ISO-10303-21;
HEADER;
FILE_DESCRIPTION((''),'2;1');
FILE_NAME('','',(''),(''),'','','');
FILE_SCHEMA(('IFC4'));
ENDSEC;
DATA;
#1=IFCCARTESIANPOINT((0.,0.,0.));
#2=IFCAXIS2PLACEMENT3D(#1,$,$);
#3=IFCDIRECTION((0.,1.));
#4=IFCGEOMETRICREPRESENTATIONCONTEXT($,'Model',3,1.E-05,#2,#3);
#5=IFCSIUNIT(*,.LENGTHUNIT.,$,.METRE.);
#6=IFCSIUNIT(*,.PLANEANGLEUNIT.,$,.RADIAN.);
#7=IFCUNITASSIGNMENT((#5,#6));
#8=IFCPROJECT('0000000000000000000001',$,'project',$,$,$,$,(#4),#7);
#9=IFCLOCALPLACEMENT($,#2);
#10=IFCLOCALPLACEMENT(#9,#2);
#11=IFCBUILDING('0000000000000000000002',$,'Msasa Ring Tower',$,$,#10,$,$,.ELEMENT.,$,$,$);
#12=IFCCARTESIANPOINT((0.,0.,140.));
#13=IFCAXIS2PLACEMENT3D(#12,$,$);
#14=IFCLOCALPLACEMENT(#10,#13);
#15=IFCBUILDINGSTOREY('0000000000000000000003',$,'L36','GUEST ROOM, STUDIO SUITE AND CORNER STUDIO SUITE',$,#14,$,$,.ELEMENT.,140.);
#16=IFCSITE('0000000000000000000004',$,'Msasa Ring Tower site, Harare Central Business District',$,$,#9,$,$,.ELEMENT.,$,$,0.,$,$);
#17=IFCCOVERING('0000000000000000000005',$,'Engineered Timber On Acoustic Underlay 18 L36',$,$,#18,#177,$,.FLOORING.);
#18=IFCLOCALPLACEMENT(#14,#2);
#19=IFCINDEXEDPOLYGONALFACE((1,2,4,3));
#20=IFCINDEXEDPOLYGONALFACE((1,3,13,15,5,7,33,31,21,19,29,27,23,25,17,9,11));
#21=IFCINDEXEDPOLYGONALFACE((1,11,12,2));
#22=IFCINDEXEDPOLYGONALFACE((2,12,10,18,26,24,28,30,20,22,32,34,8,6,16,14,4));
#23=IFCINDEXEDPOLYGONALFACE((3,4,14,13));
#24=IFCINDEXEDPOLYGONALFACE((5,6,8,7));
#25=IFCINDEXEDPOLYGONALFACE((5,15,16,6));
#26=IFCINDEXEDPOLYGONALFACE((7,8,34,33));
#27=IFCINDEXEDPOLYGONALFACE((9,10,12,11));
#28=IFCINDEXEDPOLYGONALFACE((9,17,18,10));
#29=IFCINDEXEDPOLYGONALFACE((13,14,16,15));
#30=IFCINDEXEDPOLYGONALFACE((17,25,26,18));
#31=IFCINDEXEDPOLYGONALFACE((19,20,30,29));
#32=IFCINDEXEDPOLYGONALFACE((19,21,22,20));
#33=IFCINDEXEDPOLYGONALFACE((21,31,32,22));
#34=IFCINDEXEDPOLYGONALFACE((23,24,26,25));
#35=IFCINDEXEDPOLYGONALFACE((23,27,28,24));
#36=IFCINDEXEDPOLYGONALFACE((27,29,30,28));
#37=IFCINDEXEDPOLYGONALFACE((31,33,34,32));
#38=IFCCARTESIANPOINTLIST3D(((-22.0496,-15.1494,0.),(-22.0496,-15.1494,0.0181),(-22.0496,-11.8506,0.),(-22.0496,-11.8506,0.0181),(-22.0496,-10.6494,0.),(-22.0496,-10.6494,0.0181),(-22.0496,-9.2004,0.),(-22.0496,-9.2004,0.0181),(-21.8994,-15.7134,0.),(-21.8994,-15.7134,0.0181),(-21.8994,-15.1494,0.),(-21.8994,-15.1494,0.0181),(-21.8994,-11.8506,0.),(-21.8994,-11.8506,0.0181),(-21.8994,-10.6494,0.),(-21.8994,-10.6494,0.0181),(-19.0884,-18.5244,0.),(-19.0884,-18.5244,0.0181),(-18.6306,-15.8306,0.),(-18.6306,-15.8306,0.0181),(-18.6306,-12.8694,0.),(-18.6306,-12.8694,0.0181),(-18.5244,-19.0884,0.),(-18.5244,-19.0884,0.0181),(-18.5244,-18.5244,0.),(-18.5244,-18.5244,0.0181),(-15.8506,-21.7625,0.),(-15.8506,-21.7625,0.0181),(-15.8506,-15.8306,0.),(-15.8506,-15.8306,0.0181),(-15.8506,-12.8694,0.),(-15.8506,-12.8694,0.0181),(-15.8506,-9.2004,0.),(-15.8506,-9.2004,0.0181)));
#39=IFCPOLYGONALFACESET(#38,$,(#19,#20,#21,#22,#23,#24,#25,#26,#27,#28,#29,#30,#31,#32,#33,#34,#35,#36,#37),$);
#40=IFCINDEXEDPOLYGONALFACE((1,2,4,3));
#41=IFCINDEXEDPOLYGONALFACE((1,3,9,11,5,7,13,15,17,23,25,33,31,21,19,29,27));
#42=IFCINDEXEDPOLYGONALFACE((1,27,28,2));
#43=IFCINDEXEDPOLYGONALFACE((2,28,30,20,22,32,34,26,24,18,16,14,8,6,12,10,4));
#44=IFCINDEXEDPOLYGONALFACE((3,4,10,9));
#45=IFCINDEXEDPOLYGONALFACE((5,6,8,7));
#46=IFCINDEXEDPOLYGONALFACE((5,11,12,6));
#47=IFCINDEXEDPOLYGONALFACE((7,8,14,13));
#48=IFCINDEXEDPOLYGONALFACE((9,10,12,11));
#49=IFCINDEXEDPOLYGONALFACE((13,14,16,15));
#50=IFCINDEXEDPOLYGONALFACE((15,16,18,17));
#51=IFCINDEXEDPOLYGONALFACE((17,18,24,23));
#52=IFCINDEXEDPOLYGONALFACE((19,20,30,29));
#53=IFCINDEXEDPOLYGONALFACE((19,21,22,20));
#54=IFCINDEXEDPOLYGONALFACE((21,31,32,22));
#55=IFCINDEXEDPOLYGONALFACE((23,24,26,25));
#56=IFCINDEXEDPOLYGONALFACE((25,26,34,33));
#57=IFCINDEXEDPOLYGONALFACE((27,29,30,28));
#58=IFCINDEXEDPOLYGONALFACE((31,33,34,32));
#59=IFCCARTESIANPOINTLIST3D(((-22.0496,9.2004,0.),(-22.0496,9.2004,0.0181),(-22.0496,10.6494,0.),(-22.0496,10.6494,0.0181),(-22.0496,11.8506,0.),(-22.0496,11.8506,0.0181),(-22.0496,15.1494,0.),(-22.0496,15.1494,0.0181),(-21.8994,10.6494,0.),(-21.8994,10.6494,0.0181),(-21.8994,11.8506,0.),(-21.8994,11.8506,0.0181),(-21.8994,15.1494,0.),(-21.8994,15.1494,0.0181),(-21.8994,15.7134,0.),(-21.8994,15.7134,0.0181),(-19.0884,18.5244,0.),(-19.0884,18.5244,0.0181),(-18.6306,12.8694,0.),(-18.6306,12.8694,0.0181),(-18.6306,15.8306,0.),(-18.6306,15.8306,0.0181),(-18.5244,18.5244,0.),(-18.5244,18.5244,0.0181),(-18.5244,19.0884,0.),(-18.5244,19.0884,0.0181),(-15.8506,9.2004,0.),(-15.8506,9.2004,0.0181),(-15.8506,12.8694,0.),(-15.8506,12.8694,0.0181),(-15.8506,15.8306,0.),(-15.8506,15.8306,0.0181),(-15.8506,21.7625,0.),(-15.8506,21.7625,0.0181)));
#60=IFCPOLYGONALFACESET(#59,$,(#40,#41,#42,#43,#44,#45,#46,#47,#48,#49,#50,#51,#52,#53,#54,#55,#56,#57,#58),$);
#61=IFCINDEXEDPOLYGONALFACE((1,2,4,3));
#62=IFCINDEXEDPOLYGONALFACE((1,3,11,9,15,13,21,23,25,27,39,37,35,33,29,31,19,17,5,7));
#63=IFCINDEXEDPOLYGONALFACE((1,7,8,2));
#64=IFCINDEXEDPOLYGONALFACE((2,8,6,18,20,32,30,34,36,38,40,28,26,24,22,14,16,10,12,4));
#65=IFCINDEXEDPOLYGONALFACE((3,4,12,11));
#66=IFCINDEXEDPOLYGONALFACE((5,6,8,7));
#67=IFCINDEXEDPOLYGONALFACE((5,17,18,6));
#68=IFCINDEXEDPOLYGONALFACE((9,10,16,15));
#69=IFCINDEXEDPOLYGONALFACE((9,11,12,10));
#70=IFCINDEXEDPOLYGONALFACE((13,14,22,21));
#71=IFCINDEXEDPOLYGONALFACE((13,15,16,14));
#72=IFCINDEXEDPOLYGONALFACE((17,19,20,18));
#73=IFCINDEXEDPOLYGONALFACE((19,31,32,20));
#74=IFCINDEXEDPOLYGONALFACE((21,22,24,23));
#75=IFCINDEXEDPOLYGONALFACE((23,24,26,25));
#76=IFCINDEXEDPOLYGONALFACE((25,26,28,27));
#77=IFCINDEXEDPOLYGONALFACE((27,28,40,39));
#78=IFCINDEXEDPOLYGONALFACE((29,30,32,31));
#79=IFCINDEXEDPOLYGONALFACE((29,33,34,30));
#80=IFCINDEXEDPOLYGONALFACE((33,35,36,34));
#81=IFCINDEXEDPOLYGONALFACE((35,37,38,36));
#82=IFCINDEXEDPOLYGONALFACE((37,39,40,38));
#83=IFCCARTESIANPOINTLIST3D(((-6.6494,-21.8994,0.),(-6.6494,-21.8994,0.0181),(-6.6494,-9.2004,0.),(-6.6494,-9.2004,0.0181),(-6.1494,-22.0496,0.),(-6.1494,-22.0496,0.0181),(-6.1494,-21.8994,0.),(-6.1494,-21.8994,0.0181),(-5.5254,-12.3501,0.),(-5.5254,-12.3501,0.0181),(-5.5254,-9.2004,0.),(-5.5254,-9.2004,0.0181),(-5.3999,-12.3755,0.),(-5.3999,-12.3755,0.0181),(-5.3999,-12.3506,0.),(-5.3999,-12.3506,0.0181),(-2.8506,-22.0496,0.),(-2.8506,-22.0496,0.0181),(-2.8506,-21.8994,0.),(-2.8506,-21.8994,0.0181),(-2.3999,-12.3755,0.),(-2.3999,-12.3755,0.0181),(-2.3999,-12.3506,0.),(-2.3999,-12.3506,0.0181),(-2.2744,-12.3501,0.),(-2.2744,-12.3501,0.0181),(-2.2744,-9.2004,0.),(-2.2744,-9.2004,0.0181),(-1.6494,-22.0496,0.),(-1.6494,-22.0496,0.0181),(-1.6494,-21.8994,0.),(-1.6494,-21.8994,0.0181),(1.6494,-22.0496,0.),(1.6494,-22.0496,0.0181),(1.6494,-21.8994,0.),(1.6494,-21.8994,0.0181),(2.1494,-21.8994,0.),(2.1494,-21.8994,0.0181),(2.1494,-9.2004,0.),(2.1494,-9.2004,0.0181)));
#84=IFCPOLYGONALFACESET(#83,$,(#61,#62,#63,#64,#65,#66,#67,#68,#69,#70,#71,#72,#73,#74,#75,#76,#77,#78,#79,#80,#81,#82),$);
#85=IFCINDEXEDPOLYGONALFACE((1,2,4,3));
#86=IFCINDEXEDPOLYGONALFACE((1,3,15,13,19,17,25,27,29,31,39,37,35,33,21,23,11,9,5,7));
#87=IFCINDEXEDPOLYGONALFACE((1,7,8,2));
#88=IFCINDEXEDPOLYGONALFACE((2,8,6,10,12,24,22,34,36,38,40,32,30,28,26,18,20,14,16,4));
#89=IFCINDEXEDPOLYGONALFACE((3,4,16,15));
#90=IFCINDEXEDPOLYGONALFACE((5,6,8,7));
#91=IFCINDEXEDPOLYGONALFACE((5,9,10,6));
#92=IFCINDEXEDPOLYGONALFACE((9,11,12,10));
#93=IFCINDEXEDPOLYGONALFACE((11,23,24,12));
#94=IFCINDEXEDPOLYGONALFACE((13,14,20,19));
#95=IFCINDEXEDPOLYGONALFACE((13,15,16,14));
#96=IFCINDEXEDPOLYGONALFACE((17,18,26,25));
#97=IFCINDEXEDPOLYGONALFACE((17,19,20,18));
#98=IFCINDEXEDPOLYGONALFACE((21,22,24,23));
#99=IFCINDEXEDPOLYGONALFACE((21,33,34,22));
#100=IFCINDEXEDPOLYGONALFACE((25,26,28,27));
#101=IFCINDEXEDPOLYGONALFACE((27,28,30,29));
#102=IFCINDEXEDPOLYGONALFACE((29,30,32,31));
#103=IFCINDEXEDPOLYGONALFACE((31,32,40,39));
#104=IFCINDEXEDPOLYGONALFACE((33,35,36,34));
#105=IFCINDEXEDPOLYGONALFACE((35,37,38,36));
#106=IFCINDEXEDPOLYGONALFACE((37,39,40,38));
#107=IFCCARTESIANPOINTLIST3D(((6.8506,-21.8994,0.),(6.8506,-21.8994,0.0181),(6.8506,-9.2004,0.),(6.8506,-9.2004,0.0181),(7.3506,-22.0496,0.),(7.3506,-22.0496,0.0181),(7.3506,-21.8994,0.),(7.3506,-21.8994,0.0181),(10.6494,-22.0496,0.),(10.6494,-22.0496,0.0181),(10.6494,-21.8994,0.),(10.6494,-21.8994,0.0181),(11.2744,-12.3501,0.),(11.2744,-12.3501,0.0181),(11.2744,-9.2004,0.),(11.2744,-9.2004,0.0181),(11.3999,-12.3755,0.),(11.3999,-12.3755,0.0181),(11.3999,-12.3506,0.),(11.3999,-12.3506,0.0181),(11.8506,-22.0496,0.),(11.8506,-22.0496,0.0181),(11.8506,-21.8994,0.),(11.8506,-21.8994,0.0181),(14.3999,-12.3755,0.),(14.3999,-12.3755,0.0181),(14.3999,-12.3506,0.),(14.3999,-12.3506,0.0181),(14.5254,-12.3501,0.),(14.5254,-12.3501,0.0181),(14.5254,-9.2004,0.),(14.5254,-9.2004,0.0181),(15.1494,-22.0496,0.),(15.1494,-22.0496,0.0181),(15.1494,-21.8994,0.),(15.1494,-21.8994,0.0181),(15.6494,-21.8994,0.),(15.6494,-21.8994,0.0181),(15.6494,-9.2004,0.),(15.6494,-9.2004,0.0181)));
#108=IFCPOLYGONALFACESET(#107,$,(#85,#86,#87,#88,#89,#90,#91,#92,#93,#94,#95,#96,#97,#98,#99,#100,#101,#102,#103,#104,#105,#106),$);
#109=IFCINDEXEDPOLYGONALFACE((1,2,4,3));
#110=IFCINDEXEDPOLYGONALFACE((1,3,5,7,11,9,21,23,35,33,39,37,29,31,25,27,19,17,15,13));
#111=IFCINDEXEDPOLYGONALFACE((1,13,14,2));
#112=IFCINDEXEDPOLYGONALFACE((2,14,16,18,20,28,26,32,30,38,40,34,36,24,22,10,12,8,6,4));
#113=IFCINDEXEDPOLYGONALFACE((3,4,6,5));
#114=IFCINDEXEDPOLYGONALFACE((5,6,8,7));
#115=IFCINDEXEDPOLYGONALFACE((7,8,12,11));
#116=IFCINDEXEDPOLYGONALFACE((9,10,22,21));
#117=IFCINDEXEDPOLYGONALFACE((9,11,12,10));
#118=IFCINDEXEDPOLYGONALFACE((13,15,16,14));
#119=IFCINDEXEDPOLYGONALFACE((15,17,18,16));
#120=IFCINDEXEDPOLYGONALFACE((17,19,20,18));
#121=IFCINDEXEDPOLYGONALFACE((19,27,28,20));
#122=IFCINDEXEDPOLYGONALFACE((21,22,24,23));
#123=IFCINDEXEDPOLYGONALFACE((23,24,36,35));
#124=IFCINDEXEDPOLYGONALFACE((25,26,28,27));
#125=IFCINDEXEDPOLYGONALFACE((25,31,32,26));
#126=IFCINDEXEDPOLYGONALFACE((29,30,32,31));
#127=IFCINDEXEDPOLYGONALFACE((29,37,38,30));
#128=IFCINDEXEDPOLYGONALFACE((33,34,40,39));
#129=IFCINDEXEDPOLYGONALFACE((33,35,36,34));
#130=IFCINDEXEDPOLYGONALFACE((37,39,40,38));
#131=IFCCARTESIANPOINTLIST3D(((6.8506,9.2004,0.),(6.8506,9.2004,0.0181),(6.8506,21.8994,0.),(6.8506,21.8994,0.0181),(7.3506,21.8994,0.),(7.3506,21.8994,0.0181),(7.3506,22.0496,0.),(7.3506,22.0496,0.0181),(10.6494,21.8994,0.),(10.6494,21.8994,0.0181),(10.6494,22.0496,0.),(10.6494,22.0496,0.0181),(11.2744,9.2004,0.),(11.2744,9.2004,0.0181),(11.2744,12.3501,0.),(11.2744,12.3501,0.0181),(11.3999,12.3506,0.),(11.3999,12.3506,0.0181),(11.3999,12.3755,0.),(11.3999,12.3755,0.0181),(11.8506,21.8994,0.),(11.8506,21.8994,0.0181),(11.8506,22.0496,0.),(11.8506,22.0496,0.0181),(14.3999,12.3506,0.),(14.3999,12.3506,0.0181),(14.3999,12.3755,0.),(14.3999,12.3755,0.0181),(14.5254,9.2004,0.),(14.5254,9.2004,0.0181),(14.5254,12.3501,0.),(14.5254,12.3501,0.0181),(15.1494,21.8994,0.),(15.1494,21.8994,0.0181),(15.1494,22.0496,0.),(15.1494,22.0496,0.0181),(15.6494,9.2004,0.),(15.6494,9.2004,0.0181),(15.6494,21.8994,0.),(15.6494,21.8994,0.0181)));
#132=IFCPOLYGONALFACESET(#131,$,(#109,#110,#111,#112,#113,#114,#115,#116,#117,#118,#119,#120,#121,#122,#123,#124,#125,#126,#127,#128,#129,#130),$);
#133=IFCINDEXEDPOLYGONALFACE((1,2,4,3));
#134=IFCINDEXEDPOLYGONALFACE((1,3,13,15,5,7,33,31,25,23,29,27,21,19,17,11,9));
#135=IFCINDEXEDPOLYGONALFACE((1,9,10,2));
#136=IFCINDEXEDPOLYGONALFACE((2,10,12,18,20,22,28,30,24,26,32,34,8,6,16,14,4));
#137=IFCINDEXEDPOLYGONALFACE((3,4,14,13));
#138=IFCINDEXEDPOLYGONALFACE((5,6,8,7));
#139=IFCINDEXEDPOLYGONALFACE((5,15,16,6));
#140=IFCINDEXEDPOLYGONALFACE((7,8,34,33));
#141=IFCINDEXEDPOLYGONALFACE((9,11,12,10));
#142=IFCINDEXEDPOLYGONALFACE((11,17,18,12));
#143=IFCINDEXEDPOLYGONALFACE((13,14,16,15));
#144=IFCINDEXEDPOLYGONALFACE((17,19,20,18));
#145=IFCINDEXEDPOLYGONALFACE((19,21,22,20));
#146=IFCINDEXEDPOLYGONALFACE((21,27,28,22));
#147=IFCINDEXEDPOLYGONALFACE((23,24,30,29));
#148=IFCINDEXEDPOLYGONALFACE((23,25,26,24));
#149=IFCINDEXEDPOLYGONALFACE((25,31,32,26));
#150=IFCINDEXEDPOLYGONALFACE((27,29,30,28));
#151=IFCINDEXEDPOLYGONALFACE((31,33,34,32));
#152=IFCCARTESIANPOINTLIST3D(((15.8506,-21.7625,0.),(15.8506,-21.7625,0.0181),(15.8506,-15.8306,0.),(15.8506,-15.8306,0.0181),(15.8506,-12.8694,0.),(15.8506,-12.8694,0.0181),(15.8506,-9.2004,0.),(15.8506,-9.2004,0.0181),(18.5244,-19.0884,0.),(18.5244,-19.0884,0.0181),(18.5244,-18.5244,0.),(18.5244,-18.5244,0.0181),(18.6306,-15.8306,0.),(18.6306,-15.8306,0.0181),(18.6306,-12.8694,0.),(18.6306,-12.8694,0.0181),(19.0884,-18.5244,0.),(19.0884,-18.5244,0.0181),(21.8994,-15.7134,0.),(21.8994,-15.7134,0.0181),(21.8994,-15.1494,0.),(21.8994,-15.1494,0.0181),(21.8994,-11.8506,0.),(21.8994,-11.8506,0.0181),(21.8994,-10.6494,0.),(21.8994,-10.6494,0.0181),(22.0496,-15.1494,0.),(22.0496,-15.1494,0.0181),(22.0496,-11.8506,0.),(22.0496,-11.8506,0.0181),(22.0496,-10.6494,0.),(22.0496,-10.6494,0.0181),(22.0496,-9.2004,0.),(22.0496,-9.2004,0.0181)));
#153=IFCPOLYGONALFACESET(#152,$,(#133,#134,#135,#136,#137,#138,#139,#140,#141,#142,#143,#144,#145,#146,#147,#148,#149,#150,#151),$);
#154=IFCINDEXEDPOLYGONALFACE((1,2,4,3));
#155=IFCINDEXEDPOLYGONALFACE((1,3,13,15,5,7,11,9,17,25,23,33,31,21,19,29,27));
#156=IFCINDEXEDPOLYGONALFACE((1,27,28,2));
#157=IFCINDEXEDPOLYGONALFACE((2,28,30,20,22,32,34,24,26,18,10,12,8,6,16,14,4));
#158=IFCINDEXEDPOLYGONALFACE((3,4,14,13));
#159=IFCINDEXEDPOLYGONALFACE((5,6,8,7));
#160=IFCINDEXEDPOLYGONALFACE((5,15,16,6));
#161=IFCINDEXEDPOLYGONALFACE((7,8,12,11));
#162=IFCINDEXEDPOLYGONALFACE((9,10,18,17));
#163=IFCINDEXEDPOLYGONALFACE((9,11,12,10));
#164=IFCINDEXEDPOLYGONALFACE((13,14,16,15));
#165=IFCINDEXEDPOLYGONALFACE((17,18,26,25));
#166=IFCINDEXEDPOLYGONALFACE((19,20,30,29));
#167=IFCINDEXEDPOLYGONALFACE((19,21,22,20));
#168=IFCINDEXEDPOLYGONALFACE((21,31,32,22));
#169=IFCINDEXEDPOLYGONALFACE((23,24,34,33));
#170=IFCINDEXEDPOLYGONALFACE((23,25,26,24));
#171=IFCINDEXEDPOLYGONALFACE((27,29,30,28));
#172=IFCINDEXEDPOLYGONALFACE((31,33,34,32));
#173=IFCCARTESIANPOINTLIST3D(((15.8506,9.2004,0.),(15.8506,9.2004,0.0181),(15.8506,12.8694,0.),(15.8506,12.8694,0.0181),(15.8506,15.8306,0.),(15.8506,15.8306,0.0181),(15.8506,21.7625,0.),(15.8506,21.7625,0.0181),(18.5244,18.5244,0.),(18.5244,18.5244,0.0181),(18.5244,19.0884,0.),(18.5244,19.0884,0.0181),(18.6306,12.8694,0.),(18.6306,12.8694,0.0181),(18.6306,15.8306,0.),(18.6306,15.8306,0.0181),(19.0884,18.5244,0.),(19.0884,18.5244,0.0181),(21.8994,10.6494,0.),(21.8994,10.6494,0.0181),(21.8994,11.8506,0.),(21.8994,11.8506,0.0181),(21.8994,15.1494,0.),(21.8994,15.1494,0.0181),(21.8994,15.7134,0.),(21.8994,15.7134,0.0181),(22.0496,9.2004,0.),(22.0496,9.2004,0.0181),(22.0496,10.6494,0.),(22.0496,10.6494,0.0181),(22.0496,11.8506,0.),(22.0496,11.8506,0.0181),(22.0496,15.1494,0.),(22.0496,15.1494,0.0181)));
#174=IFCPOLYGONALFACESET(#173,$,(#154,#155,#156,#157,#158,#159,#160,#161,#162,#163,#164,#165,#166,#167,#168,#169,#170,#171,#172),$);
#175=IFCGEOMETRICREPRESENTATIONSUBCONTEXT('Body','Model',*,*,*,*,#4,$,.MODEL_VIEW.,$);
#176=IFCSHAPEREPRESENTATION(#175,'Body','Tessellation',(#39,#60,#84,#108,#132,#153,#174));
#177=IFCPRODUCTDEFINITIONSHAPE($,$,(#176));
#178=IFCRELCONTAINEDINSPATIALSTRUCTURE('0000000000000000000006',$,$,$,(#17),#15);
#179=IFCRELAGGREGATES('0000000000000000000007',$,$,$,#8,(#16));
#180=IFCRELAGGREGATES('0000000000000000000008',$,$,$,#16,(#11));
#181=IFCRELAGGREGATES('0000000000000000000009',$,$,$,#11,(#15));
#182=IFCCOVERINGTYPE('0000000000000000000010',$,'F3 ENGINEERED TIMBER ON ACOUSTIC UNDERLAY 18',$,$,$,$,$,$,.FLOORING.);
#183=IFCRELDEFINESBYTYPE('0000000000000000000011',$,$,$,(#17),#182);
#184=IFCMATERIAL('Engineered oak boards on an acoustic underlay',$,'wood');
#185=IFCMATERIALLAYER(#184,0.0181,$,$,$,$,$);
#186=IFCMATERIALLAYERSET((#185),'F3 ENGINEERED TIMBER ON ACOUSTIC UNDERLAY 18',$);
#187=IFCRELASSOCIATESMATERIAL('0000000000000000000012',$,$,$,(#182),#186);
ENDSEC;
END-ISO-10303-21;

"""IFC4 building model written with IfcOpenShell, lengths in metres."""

from ifc_helpers import new_model, si_unit, direction, frame, origin, place, context, subcontext, project, spatial, line, indexed_curve, outline, extrude, material, layer, layer_set, type_object, element, save


model = new_model("IFC4")

# Units and contexts
model_context = context("Model", 3, precision=1e-05, world=origin(), true_north=direction((0.0, 1.0)))
body_context = subcontext(model_context, "Body", "Model", "MODEL_VIEW")
ifc_project = project(units=[si_unit("LENGTHUNIT", "METRE"), si_unit("PLANEANGLEUNIT", "RADIAN")], contexts=[model_context])

# Site, building, storey
site_placement = place(None, origin())
site = spatial("IfcSite", under=ifc_project, at=site_placement, Name="Msasa Ring Tower site, Harare Central Business District", CompositionType="ELEMENT", RefElevation=0.0)
building_placement = place(site_placement, origin())
building = spatial("IfcBuilding", under=site, at=building_placement, Name="Msasa Ring Tower", CompositionType="ELEMENT")
storey_placement = place(building_placement, frame((0.0, 0.0, 140.0)))
storey = spatial("IfcBuildingStorey", under=building, at=storey_placement, Name="L36", Description="GUEST ROOM, STUDIO SUITE AND CORNER STUDIO SUITE", CompositionType="ELEMENT", Elevation=140.0)

# Covering
ifc_material_1 = material(Name="Engineered oak boards on an acoustic underlay", Category="wood")
ifc_layer_1 = layer(ifc_material_1, 0.0181)
ifc_layer_set_1 = layer_set([ifc_layer_1], Name="F3 ENGINEERED TIMBER ON ACOUSTIC UNDERLAY 18")
covering_type_1 = type_object("IfcCoveringType", Name="F3 ENGINEERED TIMBER ON ACOUSTIC UNDERLAY 18", PredefinedType="FLOORING", material=ifc_layer_set_1)
covering_1_placement = place(storey_placement, origin())
element("IfcCovering", 1, at=covering_1_placement, inside=storey, type_object=covering_type_1, Name="Engineered Timber On Acoustic Underlay 18 L36", PredefinedType="FLOORING", context=body_context, shape_type="SweptSolid", body=[
    extrude(outline(indexed_curve([(-15.8506, -21.7625), (-18.5244, -19.0884), (-18.5244, -18.5244), (-19.0884, -18.5244), (-21.8994, -15.7134), (-21.8994, -15.1494), (-22.0496, -15.1494), (-22.0496, -11.8506), (-21.8994, -11.8506), (-21.8994, -10.6494), (-22.0496, -10.6494), (-22.0496, -9.2004), (-15.8506, -9.2004), (-15.8506, -12.8694), (-18.6306, -12.8694), (-18.6306, -15.8306), (-15.8506, -15.8306)], segments=[line(1, 2, 3, 4, 5, 6, 7, 8, 9, 10, 11, 12, 13, 14, 15, 16, 17, 1)], self_intersect=False)), origin(), (0.0, 0.0, 1.0), 0.0181),
    extrude(outline(indexed_curve([(-18.6306, 12.8694), (-15.8506, 12.8694), (-15.8506, 9.2004), (-22.0496, 9.2004), (-22.0496, 10.6494), (-21.8994, 10.6494), (-21.8994, 11.8506), (-22.0496, 11.8506), (-22.0496, 15.1494), (-21.8994, 15.1494), (-21.8994, 15.7134), (-19.0884, 18.5244), (-18.5244, 18.5244), (-18.5244, 19.0884), (-15.8506, 21.7625), (-15.8506, 15.8306), (-18.6306, 15.8306)], segments=[line(1, 2, 3, 4, 5, 6, 7, 8, 9, 10, 11, 12, 13, 14, 15, 16, 17, 1)], self_intersect=False)), origin(), (0.0, 0.0, 1.0), 0.0181),
    extrude(outline(indexed_curve([(-5.5254, -12.3501), (-5.3999, -12.3506), (-5.3999, -12.3755), (-2.3999, -12.3755), (-2.3999, -12.3506), (-2.2744, -12.3501), (-2.2744, -9.2004), (2.1494, -9.2004), (2.1494, -21.8994), (1.6494, -21.8994), (1.6494, -22.0496), (-1.6494, -22.0496), (-1.6494, -21.8994), (-2.8506, -21.8994), (-2.8506, -22.0496), (-6.1494, -22.0496), (-6.1494, -21.8994), (-6.6494, -21.8994), (-6.6494, -9.2004), (-5.5254, -9.2004)], segments=[line(1, 2, 3, 4, 5, 6, 7, 8, 9, 10, 11, 12, 13, 14, 15, 16, 17, 18, 19, 20, 1)], self_intersect=False)), origin(), (0.0, 0.0, 1.0), 0.0181),
    extrude(outline(indexed_curve([(11.2744, -12.3501), (11.3999, -12.3506), (11.3999, -12.3755), (14.3999, -12.3755), (14.3999, -12.3506), (14.5254, -12.3501), (14.5254, -9.2004), (15.6494, -9.2004), (15.6494, -21.8994), (15.1494, -21.8994), (15.1494, -22.0496), (11.8506, -22.0496), (11.8506, -21.8994), (10.6494, -21.8994), (10.6494, -22.0496), (7.3506, -22.0496), (7.3506, -21.8994), (6.8506, -21.8994), (6.8506, -9.2004), (11.2744, -9.2004)], segments=[line(1, 2, 3, 4, 5, 6, 7, 8, 9, 10, 11, 12, 13, 14, 15, 16, 17, 18, 19, 20, 1)], self_intersect=False)), origin(), (0.0, 0.0, 1.0), 0.0181),
    extrude(outline(indexed_curve([(14.5254, 12.3501), (14.3999, 12.3506), (14.3999, 12.3755), (11.3999, 12.3755), (11.3999, 12.3506), (11.2744, 12.3501), (11.2744, 9.2004), (6.8506, 9.2004), (6.8506, 21.8994), (7.3506, 21.8994), (7.3506, 22.0496), (10.6494, 22.0496), (10.6494, 21.8994), (11.8506, 21.8994), (11.8506, 22.0496), (15.1494, 22.0496), (15.1494, 21.8994), (15.6494, 21.8994), (15.6494, 9.2004), (14.5254, 9.2004)], segments=[line(1, 2, 3, 4, 5, 6, 7, 8, 9, 10, 11, 12, 13, 14, 15, 16, 17, 18, 19, 20, 1)], self_intersect=False)), origin(), (0.0, 0.0, 1.0), 0.0181),
    extrude(outline(indexed_curve([(18.6306, -12.8694), (15.8506, -12.8694), (15.8506, -9.2004), (22.0496, -9.2004), (22.0496, -10.6494), (21.8994, -10.6494), (21.8994, -11.8506), (22.0496, -11.8506), (22.0496, -15.1494), (21.8994, -15.1494), (21.8994, -15.7134), (19.0884, -18.5244), (18.5244, -18.5244), (18.5244, -19.0884), (15.8506, -21.7625), (15.8506, -15.8306), (18.6306, -15.8306)], segments=[line(1, 2, 3, 4, 5, 6, 7, 8, 9, 10, 11, 12, 13, 14, 15, 16, 17, 1)], self_intersect=False)), origin(), (0.0, 0.0, 1.0), 0.0181),
    extrude(outline(indexed_curve([(15.8506, 21.7625), (18.5244, 19.0884), (18.5244, 18.5244), (19.0884, 18.5244), (21.8994, 15.7134), (21.8994, 15.1494), (22.0496, 15.1494), (22.0496, 11.8506), (21.8994, 11.8506), (21.8994, 10.6494), (22.0496, 10.6494), (22.0496, 9.2004), (15.8506, 9.2004), (15.8506, 12.8694), (18.6306, 12.8694), (18.6306, 15.8306), (15.8506, 15.8306)], segments=[line(1, 2, 3, 4, 5, 6, 7, 8, 9, 10, 11, 12, 13, 14, 15, 16, 17, 1)], self_intersect=False)), origin(), (0.0, 0.0, 1.0), 0.0181),
])

save(model, "model.ifc")
